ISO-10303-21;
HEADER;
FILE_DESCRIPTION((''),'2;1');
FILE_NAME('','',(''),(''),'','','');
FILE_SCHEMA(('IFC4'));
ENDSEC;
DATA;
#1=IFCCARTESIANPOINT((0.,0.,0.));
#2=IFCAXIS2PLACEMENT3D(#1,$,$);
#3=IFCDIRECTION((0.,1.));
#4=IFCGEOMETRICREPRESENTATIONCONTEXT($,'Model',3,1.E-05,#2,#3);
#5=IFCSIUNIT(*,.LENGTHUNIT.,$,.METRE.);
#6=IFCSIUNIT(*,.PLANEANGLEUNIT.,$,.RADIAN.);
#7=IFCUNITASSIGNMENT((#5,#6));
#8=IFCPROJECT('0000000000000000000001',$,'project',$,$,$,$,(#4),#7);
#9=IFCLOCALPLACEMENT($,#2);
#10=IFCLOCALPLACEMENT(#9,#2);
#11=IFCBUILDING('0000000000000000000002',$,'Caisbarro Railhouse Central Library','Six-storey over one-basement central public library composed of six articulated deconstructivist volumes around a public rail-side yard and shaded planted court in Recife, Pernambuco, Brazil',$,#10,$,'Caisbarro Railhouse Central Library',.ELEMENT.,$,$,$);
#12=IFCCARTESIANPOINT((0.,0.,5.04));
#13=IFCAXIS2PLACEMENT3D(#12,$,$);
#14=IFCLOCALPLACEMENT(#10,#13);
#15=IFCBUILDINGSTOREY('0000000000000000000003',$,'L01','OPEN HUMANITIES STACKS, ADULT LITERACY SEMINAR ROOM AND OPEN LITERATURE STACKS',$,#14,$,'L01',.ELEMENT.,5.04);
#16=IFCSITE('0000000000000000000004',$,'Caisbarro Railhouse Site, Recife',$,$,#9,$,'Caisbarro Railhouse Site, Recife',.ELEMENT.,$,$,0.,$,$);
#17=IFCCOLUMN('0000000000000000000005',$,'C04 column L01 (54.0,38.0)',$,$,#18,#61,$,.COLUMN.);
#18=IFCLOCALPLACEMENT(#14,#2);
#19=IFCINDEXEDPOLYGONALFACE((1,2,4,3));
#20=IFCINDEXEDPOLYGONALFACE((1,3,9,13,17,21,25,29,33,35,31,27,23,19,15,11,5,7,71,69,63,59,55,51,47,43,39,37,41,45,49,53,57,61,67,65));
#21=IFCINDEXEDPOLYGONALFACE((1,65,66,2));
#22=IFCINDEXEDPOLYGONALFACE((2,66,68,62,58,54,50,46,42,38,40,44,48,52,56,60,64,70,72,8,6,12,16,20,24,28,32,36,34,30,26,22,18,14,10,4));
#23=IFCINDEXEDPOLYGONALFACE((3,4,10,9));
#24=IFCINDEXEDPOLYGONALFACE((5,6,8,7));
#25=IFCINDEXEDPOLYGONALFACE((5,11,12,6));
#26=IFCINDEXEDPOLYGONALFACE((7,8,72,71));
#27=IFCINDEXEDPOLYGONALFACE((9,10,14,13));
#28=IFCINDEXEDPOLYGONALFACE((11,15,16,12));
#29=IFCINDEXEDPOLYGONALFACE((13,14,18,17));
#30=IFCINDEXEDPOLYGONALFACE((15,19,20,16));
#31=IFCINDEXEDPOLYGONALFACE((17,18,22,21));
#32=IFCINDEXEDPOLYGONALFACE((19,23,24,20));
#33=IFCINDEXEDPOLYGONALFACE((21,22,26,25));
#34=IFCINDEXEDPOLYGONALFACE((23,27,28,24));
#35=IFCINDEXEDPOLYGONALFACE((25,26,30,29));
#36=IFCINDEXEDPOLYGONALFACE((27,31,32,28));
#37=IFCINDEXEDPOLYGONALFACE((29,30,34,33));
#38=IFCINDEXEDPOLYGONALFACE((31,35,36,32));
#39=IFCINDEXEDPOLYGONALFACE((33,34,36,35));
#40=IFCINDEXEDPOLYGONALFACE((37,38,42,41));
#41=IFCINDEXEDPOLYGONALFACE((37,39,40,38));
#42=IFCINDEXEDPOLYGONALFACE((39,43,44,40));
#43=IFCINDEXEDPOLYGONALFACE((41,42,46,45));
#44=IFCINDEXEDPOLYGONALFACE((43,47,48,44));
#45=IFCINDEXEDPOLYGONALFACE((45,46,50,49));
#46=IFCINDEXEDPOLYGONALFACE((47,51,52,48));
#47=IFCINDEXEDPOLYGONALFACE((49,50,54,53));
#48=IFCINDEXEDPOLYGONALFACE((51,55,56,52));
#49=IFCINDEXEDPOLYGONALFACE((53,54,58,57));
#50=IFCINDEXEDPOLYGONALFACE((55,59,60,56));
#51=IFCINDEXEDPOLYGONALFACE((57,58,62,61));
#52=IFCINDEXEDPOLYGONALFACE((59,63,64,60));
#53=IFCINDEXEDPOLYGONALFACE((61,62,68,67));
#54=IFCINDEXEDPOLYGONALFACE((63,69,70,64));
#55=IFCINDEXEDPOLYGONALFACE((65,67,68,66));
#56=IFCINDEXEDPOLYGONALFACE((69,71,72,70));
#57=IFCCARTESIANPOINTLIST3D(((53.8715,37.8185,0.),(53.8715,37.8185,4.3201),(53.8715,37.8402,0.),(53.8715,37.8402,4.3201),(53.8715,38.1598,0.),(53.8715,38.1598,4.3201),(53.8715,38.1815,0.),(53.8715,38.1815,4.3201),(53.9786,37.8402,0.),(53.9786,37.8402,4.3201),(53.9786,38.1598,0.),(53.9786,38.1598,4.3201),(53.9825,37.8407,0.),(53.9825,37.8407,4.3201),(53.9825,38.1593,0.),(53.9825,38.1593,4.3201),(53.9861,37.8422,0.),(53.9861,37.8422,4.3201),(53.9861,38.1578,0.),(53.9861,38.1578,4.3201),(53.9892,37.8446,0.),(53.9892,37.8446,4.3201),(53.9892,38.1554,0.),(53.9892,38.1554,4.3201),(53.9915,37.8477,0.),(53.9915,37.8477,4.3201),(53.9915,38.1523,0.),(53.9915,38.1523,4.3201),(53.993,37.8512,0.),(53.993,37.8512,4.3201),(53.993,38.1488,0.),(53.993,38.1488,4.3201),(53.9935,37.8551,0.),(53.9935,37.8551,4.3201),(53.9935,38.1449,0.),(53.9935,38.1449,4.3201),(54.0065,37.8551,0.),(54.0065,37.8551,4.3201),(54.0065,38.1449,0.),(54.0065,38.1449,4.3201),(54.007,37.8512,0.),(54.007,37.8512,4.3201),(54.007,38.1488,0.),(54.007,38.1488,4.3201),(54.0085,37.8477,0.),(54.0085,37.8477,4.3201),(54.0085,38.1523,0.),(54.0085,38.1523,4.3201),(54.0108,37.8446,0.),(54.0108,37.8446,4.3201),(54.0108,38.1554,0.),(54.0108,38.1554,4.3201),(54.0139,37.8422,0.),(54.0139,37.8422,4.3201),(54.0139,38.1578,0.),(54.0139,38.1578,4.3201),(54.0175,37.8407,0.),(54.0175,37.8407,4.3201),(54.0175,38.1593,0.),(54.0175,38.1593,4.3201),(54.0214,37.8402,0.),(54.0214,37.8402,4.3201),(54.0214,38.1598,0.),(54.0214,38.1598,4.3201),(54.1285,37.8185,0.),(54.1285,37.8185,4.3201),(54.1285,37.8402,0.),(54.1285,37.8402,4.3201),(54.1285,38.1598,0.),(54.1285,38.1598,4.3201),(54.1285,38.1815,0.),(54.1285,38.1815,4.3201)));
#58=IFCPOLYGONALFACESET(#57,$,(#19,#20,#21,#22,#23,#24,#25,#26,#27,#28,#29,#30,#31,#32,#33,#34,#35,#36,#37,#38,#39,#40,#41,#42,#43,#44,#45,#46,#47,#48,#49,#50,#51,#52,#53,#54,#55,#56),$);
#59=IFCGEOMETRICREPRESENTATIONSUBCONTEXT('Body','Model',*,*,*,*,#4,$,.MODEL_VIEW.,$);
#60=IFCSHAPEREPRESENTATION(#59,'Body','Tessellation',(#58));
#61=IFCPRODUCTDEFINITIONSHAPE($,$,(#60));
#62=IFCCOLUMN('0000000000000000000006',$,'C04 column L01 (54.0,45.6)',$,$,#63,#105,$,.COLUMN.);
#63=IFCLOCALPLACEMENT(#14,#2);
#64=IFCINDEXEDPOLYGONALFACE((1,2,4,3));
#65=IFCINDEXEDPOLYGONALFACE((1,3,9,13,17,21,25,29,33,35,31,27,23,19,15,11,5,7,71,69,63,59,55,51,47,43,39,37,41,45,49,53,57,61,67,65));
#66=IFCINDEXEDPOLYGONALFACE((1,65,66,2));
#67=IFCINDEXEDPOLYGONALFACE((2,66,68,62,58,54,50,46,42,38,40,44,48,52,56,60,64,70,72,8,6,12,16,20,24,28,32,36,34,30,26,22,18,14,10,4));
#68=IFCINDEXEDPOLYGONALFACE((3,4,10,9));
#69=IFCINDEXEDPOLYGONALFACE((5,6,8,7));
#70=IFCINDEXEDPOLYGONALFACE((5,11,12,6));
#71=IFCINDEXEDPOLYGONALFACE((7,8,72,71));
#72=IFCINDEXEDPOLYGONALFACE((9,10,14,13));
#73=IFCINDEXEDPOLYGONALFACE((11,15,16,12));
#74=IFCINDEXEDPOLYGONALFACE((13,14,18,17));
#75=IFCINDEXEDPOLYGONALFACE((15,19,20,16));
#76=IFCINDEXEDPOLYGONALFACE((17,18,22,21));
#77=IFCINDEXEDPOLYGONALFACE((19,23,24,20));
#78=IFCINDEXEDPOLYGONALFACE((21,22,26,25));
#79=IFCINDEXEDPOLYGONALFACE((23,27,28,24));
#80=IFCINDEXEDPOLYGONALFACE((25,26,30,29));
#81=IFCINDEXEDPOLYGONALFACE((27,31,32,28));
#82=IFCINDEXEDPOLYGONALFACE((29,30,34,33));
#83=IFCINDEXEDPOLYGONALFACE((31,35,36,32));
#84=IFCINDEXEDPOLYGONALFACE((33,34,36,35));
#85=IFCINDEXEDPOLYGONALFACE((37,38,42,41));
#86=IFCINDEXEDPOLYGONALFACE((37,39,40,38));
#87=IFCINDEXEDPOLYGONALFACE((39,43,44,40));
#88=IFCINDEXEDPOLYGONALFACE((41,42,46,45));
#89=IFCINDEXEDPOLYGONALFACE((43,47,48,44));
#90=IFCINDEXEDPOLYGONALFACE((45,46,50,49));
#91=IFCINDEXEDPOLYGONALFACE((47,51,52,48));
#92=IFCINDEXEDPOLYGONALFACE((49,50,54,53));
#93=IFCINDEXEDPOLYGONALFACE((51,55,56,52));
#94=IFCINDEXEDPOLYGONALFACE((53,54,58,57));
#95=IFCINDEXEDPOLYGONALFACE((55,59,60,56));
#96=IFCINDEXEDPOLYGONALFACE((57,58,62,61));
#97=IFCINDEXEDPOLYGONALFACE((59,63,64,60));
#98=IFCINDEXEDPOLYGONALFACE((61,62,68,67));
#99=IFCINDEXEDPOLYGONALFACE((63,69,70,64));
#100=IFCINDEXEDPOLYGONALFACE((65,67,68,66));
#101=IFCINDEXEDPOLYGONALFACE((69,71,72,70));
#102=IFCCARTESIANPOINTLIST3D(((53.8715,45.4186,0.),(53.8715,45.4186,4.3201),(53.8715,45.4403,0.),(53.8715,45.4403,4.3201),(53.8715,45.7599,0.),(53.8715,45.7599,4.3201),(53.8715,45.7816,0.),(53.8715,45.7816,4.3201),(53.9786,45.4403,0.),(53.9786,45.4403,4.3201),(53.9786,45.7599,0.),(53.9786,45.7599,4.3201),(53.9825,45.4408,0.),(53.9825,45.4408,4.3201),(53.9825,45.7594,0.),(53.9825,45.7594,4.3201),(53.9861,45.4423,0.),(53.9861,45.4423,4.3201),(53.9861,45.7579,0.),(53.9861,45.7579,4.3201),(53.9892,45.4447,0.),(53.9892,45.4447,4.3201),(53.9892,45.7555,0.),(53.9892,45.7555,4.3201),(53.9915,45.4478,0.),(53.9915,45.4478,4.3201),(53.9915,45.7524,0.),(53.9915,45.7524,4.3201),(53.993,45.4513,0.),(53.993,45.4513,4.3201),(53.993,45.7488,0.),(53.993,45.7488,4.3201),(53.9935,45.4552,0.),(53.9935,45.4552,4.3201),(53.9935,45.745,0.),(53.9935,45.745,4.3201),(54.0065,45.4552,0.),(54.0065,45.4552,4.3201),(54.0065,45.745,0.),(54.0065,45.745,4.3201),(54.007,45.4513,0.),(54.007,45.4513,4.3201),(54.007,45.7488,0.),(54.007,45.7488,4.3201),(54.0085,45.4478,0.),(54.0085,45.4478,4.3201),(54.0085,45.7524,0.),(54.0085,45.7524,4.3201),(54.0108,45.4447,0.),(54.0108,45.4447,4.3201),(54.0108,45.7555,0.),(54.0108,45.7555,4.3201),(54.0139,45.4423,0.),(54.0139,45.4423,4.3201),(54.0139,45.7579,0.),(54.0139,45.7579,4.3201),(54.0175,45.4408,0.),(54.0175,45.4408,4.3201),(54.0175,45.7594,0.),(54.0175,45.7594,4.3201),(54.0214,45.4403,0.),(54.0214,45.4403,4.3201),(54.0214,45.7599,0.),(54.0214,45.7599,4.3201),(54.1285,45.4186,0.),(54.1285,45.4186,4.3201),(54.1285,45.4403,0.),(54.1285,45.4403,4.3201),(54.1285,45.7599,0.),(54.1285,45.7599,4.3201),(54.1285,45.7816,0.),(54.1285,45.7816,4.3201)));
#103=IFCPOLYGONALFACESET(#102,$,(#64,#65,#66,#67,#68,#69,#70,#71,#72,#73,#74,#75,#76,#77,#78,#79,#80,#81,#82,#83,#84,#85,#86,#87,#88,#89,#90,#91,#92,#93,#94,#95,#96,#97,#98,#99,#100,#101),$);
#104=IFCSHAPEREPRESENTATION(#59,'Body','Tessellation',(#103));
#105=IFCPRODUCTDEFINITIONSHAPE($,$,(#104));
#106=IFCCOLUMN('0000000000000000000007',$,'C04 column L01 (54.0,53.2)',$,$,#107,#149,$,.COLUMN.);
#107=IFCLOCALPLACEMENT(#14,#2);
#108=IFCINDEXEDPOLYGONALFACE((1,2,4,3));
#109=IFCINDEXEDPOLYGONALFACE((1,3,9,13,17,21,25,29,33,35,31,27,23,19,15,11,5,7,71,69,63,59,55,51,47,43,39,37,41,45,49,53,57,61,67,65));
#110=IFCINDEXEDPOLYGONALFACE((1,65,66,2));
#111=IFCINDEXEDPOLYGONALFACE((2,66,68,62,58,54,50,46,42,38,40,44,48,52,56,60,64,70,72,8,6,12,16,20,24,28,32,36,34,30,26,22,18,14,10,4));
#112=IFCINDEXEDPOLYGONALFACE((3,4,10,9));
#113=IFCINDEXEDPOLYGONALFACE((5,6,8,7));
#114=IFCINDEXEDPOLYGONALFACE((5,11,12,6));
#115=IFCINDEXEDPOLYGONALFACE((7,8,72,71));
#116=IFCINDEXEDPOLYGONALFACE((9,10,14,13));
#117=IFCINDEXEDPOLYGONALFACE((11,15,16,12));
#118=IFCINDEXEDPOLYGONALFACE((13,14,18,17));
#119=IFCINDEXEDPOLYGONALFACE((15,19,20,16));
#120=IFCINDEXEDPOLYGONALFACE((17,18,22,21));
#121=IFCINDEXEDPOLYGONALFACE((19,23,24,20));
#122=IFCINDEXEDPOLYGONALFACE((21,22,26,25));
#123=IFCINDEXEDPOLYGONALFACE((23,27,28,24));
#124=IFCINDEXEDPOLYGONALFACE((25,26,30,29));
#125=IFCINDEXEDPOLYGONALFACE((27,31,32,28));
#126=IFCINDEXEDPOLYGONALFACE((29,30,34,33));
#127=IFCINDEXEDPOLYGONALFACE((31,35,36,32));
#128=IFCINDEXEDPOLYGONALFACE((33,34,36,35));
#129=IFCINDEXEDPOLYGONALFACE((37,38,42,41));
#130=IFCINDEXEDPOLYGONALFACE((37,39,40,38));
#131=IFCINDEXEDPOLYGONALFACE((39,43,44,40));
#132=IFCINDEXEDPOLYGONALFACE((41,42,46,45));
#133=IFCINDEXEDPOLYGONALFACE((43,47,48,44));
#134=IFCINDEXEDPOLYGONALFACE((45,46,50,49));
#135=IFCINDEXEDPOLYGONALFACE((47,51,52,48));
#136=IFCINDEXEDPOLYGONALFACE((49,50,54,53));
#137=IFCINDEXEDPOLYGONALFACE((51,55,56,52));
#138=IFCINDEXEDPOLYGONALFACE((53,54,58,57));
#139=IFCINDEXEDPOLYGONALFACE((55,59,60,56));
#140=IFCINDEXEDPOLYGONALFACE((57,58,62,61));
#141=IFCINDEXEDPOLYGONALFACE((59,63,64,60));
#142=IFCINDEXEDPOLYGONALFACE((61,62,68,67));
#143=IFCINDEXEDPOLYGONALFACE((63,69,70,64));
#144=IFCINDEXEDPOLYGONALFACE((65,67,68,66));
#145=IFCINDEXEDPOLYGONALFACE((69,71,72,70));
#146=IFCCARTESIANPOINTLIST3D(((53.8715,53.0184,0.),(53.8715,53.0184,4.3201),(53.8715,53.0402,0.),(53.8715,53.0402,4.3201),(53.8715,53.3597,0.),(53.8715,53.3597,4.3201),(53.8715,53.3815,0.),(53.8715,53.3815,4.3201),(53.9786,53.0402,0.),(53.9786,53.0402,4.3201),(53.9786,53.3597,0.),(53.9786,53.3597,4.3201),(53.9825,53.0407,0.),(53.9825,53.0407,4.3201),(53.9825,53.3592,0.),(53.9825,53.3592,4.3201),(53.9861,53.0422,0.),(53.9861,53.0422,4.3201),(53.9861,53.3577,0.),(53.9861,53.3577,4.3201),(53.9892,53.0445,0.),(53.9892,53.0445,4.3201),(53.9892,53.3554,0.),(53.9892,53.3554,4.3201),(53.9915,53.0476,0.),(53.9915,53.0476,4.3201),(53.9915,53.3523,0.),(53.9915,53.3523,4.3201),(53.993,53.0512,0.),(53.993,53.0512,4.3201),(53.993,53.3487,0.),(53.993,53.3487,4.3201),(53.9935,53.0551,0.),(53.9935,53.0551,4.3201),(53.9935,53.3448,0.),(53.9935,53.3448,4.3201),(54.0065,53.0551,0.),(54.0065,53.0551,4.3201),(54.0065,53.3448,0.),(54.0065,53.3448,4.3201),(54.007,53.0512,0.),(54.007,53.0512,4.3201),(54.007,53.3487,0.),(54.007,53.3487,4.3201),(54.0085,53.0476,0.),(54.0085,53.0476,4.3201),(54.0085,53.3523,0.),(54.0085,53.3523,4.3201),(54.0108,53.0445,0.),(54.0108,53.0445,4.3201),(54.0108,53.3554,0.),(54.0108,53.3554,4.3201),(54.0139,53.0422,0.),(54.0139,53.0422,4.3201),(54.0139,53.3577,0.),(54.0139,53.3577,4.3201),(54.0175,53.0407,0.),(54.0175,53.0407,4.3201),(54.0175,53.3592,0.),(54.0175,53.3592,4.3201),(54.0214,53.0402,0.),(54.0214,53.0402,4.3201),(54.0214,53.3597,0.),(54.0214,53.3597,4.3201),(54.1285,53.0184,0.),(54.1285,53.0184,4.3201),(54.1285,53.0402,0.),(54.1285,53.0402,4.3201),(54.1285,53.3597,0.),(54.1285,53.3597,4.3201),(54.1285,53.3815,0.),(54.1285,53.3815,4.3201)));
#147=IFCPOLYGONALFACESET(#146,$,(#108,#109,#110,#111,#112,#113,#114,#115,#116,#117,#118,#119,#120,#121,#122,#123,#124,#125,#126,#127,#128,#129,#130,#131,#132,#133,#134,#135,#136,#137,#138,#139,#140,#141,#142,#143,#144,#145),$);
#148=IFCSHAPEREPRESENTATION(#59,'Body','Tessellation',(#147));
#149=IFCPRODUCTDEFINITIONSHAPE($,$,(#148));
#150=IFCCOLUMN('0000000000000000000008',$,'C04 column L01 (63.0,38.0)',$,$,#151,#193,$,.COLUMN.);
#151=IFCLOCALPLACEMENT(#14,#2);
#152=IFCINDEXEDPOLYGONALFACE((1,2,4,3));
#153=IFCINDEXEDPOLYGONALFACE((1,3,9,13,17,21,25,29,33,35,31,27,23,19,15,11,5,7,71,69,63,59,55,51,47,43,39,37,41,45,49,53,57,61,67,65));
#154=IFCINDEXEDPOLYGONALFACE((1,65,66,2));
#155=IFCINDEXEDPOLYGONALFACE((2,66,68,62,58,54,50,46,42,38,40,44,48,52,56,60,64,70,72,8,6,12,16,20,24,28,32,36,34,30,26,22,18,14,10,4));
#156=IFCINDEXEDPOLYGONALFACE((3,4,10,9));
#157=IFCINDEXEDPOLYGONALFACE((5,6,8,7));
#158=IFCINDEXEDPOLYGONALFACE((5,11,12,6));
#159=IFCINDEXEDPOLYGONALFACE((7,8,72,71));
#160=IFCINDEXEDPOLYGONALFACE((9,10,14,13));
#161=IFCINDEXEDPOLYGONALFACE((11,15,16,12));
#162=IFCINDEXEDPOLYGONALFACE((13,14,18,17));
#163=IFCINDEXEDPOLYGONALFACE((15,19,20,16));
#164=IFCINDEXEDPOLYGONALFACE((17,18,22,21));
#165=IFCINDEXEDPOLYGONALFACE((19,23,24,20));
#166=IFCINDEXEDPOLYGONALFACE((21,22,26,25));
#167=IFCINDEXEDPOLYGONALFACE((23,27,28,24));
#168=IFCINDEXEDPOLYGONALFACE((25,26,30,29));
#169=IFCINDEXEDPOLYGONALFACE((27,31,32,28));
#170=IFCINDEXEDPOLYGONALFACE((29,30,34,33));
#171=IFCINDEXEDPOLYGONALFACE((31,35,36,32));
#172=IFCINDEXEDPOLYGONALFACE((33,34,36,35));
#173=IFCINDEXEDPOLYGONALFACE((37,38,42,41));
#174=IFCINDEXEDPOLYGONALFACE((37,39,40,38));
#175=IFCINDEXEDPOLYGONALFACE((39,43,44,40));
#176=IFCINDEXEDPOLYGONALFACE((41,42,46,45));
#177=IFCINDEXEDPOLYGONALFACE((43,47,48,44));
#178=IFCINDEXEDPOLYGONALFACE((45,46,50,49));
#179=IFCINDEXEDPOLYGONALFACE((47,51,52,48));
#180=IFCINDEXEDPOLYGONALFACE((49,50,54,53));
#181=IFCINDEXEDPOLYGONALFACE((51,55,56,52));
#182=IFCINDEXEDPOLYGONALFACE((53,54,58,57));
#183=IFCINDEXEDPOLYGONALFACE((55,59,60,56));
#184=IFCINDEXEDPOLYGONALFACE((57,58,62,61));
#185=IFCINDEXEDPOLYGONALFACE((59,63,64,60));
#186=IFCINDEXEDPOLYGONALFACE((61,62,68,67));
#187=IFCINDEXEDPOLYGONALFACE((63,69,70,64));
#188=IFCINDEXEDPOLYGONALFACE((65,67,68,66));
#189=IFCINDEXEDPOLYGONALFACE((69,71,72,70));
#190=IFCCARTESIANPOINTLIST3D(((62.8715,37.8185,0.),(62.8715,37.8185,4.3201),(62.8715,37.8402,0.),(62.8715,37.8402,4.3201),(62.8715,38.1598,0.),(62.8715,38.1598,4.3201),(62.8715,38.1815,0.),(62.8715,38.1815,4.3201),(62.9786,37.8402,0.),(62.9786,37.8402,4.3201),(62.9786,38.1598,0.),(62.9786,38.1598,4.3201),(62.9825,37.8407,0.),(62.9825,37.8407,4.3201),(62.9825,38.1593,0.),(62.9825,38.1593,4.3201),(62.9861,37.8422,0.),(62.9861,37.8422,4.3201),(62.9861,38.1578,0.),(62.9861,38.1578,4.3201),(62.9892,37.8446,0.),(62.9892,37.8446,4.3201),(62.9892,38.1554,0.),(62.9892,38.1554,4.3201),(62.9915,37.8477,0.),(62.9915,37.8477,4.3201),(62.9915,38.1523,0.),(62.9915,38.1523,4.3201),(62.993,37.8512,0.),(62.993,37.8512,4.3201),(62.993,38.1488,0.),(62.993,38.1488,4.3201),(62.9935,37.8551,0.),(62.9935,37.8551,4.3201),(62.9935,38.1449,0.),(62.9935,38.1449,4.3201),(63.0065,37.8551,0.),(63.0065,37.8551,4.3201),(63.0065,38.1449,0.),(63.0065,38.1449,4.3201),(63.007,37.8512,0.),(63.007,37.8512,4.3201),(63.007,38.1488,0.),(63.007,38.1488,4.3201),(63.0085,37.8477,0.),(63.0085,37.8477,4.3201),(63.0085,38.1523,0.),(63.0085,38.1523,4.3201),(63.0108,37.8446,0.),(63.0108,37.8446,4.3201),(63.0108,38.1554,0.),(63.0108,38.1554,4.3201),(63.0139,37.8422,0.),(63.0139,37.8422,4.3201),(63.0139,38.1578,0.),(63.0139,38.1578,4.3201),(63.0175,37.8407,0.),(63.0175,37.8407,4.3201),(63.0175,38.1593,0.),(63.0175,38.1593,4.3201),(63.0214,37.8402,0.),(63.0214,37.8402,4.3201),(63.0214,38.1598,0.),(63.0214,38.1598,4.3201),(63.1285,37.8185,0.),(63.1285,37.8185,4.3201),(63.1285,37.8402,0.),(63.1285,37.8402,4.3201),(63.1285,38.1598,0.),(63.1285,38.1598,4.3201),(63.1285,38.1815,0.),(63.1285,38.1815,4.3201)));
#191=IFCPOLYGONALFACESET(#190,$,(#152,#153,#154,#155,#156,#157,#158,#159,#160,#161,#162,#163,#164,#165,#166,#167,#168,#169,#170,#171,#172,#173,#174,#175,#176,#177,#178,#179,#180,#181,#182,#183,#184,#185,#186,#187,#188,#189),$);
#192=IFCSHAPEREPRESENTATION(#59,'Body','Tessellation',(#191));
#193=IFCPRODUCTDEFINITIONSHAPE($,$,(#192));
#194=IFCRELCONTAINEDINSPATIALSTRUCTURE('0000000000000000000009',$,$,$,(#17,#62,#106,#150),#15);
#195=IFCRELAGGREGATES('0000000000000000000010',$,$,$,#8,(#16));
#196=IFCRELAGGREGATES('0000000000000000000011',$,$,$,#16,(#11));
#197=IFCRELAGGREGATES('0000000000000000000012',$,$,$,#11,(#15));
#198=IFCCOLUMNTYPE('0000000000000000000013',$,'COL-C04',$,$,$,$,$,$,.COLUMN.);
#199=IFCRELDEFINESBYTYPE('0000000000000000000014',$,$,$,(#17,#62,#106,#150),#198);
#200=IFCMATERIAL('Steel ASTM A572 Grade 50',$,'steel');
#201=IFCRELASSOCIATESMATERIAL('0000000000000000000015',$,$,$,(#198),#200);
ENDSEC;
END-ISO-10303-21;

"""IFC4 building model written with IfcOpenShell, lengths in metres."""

from ifc_helpers import new_model, si_unit, direction, frame, origin, origin_2d, place, context, subcontext, project, spatial, i_section, extrude, material, material_profile, profile_set, type_object, element, save


model = new_model("IFC4")

# Units and contexts
model_context = context("Model", 3, precision=1e-05, world=origin(), true_north=direction((0.0, 1.0)))
body_context = subcontext(model_context, "Body", "Model", "MODEL_VIEW")
ifc_project = project(units=[si_unit("LENGTHUNIT", "METRE"), si_unit("PLANEANGLEUNIT", "RADIAN")], contexts=[model_context])

# Site, building, storey
site_placement = place(None, origin())
site = spatial("IfcSite", under=ifc_project, at=site_placement, Name="Caisbarro Railhouse Site, Recife", LongName="Caisbarro Railhouse Site, Recife", CompositionType="ELEMENT", RefElevation=0.0)
building_placement = place(site_placement, origin())
building = spatial("IfcBuilding", under=site, at=building_placement, Name="Caisbarro Railhouse Central Library", Description="Six-storey over one-basement central public library composed of six articulated deconstructivist volumes around a public rail-side yard and shaded planted court in Recife, Pernambuco, Brazil", LongName="Caisbarro Railhouse Central Library", CompositionType="ELEMENT")
storey_placement = place(building_placement, frame((0.0, 0.0, 5.04)))
storey = spatial("IfcBuildingStorey", under=building, at=storey_placement, Name="L01", Description="OPEN HUMANITIES STACKS, ADULT LITERACY SEMINAR ROOM AND OPEN LITERATURE STACKS", LongName="L01", CompositionType="ELEMENT", Elevation=5.04)

# Columns
ifc_material_1 = material(Name="Steel ASTM A572 Grade 50", Category="steel")
ifc_material_profile_1 = material_profile(ifc_material_1, i_section(OverallWidth=0.2571, OverallDepth=0.363, WebThickness=0.0129, FlangeThickness=0.0217, FilletRadius=0.0149, at=origin_2d()), Name="W360X122.0")
ifc_profile_set_1 = profile_set([ifc_material_profile_1], Name="Steel ASTM A572 Grade 50")
column_type_1 = type_object("IfcColumnType", Name="COL-C04", PredefinedType="COLUMN", material=ifc_profile_set_1)
for number, where, z_axis, x_axis, name in (
    (1, (54.0, 38.0, 0.0), (0.0, 0.0, 1.0), (1.0, 0.0, 0.0), "C04 column L01 (54.0,38.0)"),
    (2, (54.0, 45.6001, 0.0), (0.0, 0.0, 1.0), (1.0, 0.0, 0.0), "C04 column L01 (54.0,45.6)"),
    (3, (54.0, 53.2, 0.0), (0.0, 0.0, 1.0), (1.0, 0.0, 0.0), "C04 column L01 (54.0,53.2)"),
    (4, (63.0, 38.0, 0.0), (0.0, 0.0, 1.0), (1.0, 0.0, 0.0), "C04 column L01 (63.0,38.0)"),
):
    element("IfcColumn", number, at=place(storey_placement, frame(where, z_axis=z_axis, x_axis=x_axis)), inside=storey, type_object=column_type_1, Name=name, PredefinedType="COLUMN", context=body_context, shape_type="SweptSolid", body=[
        extrude(i_section(OverallWidth=0.2571, OverallDepth=0.363, WebThickness=0.0129, FlangeThickness=0.0217, FilletRadius=0.0149, at=origin_2d()), origin(), (0.0, 0.0, 1.0), 4.3201),
    ])

save(model, "model.ifc")
